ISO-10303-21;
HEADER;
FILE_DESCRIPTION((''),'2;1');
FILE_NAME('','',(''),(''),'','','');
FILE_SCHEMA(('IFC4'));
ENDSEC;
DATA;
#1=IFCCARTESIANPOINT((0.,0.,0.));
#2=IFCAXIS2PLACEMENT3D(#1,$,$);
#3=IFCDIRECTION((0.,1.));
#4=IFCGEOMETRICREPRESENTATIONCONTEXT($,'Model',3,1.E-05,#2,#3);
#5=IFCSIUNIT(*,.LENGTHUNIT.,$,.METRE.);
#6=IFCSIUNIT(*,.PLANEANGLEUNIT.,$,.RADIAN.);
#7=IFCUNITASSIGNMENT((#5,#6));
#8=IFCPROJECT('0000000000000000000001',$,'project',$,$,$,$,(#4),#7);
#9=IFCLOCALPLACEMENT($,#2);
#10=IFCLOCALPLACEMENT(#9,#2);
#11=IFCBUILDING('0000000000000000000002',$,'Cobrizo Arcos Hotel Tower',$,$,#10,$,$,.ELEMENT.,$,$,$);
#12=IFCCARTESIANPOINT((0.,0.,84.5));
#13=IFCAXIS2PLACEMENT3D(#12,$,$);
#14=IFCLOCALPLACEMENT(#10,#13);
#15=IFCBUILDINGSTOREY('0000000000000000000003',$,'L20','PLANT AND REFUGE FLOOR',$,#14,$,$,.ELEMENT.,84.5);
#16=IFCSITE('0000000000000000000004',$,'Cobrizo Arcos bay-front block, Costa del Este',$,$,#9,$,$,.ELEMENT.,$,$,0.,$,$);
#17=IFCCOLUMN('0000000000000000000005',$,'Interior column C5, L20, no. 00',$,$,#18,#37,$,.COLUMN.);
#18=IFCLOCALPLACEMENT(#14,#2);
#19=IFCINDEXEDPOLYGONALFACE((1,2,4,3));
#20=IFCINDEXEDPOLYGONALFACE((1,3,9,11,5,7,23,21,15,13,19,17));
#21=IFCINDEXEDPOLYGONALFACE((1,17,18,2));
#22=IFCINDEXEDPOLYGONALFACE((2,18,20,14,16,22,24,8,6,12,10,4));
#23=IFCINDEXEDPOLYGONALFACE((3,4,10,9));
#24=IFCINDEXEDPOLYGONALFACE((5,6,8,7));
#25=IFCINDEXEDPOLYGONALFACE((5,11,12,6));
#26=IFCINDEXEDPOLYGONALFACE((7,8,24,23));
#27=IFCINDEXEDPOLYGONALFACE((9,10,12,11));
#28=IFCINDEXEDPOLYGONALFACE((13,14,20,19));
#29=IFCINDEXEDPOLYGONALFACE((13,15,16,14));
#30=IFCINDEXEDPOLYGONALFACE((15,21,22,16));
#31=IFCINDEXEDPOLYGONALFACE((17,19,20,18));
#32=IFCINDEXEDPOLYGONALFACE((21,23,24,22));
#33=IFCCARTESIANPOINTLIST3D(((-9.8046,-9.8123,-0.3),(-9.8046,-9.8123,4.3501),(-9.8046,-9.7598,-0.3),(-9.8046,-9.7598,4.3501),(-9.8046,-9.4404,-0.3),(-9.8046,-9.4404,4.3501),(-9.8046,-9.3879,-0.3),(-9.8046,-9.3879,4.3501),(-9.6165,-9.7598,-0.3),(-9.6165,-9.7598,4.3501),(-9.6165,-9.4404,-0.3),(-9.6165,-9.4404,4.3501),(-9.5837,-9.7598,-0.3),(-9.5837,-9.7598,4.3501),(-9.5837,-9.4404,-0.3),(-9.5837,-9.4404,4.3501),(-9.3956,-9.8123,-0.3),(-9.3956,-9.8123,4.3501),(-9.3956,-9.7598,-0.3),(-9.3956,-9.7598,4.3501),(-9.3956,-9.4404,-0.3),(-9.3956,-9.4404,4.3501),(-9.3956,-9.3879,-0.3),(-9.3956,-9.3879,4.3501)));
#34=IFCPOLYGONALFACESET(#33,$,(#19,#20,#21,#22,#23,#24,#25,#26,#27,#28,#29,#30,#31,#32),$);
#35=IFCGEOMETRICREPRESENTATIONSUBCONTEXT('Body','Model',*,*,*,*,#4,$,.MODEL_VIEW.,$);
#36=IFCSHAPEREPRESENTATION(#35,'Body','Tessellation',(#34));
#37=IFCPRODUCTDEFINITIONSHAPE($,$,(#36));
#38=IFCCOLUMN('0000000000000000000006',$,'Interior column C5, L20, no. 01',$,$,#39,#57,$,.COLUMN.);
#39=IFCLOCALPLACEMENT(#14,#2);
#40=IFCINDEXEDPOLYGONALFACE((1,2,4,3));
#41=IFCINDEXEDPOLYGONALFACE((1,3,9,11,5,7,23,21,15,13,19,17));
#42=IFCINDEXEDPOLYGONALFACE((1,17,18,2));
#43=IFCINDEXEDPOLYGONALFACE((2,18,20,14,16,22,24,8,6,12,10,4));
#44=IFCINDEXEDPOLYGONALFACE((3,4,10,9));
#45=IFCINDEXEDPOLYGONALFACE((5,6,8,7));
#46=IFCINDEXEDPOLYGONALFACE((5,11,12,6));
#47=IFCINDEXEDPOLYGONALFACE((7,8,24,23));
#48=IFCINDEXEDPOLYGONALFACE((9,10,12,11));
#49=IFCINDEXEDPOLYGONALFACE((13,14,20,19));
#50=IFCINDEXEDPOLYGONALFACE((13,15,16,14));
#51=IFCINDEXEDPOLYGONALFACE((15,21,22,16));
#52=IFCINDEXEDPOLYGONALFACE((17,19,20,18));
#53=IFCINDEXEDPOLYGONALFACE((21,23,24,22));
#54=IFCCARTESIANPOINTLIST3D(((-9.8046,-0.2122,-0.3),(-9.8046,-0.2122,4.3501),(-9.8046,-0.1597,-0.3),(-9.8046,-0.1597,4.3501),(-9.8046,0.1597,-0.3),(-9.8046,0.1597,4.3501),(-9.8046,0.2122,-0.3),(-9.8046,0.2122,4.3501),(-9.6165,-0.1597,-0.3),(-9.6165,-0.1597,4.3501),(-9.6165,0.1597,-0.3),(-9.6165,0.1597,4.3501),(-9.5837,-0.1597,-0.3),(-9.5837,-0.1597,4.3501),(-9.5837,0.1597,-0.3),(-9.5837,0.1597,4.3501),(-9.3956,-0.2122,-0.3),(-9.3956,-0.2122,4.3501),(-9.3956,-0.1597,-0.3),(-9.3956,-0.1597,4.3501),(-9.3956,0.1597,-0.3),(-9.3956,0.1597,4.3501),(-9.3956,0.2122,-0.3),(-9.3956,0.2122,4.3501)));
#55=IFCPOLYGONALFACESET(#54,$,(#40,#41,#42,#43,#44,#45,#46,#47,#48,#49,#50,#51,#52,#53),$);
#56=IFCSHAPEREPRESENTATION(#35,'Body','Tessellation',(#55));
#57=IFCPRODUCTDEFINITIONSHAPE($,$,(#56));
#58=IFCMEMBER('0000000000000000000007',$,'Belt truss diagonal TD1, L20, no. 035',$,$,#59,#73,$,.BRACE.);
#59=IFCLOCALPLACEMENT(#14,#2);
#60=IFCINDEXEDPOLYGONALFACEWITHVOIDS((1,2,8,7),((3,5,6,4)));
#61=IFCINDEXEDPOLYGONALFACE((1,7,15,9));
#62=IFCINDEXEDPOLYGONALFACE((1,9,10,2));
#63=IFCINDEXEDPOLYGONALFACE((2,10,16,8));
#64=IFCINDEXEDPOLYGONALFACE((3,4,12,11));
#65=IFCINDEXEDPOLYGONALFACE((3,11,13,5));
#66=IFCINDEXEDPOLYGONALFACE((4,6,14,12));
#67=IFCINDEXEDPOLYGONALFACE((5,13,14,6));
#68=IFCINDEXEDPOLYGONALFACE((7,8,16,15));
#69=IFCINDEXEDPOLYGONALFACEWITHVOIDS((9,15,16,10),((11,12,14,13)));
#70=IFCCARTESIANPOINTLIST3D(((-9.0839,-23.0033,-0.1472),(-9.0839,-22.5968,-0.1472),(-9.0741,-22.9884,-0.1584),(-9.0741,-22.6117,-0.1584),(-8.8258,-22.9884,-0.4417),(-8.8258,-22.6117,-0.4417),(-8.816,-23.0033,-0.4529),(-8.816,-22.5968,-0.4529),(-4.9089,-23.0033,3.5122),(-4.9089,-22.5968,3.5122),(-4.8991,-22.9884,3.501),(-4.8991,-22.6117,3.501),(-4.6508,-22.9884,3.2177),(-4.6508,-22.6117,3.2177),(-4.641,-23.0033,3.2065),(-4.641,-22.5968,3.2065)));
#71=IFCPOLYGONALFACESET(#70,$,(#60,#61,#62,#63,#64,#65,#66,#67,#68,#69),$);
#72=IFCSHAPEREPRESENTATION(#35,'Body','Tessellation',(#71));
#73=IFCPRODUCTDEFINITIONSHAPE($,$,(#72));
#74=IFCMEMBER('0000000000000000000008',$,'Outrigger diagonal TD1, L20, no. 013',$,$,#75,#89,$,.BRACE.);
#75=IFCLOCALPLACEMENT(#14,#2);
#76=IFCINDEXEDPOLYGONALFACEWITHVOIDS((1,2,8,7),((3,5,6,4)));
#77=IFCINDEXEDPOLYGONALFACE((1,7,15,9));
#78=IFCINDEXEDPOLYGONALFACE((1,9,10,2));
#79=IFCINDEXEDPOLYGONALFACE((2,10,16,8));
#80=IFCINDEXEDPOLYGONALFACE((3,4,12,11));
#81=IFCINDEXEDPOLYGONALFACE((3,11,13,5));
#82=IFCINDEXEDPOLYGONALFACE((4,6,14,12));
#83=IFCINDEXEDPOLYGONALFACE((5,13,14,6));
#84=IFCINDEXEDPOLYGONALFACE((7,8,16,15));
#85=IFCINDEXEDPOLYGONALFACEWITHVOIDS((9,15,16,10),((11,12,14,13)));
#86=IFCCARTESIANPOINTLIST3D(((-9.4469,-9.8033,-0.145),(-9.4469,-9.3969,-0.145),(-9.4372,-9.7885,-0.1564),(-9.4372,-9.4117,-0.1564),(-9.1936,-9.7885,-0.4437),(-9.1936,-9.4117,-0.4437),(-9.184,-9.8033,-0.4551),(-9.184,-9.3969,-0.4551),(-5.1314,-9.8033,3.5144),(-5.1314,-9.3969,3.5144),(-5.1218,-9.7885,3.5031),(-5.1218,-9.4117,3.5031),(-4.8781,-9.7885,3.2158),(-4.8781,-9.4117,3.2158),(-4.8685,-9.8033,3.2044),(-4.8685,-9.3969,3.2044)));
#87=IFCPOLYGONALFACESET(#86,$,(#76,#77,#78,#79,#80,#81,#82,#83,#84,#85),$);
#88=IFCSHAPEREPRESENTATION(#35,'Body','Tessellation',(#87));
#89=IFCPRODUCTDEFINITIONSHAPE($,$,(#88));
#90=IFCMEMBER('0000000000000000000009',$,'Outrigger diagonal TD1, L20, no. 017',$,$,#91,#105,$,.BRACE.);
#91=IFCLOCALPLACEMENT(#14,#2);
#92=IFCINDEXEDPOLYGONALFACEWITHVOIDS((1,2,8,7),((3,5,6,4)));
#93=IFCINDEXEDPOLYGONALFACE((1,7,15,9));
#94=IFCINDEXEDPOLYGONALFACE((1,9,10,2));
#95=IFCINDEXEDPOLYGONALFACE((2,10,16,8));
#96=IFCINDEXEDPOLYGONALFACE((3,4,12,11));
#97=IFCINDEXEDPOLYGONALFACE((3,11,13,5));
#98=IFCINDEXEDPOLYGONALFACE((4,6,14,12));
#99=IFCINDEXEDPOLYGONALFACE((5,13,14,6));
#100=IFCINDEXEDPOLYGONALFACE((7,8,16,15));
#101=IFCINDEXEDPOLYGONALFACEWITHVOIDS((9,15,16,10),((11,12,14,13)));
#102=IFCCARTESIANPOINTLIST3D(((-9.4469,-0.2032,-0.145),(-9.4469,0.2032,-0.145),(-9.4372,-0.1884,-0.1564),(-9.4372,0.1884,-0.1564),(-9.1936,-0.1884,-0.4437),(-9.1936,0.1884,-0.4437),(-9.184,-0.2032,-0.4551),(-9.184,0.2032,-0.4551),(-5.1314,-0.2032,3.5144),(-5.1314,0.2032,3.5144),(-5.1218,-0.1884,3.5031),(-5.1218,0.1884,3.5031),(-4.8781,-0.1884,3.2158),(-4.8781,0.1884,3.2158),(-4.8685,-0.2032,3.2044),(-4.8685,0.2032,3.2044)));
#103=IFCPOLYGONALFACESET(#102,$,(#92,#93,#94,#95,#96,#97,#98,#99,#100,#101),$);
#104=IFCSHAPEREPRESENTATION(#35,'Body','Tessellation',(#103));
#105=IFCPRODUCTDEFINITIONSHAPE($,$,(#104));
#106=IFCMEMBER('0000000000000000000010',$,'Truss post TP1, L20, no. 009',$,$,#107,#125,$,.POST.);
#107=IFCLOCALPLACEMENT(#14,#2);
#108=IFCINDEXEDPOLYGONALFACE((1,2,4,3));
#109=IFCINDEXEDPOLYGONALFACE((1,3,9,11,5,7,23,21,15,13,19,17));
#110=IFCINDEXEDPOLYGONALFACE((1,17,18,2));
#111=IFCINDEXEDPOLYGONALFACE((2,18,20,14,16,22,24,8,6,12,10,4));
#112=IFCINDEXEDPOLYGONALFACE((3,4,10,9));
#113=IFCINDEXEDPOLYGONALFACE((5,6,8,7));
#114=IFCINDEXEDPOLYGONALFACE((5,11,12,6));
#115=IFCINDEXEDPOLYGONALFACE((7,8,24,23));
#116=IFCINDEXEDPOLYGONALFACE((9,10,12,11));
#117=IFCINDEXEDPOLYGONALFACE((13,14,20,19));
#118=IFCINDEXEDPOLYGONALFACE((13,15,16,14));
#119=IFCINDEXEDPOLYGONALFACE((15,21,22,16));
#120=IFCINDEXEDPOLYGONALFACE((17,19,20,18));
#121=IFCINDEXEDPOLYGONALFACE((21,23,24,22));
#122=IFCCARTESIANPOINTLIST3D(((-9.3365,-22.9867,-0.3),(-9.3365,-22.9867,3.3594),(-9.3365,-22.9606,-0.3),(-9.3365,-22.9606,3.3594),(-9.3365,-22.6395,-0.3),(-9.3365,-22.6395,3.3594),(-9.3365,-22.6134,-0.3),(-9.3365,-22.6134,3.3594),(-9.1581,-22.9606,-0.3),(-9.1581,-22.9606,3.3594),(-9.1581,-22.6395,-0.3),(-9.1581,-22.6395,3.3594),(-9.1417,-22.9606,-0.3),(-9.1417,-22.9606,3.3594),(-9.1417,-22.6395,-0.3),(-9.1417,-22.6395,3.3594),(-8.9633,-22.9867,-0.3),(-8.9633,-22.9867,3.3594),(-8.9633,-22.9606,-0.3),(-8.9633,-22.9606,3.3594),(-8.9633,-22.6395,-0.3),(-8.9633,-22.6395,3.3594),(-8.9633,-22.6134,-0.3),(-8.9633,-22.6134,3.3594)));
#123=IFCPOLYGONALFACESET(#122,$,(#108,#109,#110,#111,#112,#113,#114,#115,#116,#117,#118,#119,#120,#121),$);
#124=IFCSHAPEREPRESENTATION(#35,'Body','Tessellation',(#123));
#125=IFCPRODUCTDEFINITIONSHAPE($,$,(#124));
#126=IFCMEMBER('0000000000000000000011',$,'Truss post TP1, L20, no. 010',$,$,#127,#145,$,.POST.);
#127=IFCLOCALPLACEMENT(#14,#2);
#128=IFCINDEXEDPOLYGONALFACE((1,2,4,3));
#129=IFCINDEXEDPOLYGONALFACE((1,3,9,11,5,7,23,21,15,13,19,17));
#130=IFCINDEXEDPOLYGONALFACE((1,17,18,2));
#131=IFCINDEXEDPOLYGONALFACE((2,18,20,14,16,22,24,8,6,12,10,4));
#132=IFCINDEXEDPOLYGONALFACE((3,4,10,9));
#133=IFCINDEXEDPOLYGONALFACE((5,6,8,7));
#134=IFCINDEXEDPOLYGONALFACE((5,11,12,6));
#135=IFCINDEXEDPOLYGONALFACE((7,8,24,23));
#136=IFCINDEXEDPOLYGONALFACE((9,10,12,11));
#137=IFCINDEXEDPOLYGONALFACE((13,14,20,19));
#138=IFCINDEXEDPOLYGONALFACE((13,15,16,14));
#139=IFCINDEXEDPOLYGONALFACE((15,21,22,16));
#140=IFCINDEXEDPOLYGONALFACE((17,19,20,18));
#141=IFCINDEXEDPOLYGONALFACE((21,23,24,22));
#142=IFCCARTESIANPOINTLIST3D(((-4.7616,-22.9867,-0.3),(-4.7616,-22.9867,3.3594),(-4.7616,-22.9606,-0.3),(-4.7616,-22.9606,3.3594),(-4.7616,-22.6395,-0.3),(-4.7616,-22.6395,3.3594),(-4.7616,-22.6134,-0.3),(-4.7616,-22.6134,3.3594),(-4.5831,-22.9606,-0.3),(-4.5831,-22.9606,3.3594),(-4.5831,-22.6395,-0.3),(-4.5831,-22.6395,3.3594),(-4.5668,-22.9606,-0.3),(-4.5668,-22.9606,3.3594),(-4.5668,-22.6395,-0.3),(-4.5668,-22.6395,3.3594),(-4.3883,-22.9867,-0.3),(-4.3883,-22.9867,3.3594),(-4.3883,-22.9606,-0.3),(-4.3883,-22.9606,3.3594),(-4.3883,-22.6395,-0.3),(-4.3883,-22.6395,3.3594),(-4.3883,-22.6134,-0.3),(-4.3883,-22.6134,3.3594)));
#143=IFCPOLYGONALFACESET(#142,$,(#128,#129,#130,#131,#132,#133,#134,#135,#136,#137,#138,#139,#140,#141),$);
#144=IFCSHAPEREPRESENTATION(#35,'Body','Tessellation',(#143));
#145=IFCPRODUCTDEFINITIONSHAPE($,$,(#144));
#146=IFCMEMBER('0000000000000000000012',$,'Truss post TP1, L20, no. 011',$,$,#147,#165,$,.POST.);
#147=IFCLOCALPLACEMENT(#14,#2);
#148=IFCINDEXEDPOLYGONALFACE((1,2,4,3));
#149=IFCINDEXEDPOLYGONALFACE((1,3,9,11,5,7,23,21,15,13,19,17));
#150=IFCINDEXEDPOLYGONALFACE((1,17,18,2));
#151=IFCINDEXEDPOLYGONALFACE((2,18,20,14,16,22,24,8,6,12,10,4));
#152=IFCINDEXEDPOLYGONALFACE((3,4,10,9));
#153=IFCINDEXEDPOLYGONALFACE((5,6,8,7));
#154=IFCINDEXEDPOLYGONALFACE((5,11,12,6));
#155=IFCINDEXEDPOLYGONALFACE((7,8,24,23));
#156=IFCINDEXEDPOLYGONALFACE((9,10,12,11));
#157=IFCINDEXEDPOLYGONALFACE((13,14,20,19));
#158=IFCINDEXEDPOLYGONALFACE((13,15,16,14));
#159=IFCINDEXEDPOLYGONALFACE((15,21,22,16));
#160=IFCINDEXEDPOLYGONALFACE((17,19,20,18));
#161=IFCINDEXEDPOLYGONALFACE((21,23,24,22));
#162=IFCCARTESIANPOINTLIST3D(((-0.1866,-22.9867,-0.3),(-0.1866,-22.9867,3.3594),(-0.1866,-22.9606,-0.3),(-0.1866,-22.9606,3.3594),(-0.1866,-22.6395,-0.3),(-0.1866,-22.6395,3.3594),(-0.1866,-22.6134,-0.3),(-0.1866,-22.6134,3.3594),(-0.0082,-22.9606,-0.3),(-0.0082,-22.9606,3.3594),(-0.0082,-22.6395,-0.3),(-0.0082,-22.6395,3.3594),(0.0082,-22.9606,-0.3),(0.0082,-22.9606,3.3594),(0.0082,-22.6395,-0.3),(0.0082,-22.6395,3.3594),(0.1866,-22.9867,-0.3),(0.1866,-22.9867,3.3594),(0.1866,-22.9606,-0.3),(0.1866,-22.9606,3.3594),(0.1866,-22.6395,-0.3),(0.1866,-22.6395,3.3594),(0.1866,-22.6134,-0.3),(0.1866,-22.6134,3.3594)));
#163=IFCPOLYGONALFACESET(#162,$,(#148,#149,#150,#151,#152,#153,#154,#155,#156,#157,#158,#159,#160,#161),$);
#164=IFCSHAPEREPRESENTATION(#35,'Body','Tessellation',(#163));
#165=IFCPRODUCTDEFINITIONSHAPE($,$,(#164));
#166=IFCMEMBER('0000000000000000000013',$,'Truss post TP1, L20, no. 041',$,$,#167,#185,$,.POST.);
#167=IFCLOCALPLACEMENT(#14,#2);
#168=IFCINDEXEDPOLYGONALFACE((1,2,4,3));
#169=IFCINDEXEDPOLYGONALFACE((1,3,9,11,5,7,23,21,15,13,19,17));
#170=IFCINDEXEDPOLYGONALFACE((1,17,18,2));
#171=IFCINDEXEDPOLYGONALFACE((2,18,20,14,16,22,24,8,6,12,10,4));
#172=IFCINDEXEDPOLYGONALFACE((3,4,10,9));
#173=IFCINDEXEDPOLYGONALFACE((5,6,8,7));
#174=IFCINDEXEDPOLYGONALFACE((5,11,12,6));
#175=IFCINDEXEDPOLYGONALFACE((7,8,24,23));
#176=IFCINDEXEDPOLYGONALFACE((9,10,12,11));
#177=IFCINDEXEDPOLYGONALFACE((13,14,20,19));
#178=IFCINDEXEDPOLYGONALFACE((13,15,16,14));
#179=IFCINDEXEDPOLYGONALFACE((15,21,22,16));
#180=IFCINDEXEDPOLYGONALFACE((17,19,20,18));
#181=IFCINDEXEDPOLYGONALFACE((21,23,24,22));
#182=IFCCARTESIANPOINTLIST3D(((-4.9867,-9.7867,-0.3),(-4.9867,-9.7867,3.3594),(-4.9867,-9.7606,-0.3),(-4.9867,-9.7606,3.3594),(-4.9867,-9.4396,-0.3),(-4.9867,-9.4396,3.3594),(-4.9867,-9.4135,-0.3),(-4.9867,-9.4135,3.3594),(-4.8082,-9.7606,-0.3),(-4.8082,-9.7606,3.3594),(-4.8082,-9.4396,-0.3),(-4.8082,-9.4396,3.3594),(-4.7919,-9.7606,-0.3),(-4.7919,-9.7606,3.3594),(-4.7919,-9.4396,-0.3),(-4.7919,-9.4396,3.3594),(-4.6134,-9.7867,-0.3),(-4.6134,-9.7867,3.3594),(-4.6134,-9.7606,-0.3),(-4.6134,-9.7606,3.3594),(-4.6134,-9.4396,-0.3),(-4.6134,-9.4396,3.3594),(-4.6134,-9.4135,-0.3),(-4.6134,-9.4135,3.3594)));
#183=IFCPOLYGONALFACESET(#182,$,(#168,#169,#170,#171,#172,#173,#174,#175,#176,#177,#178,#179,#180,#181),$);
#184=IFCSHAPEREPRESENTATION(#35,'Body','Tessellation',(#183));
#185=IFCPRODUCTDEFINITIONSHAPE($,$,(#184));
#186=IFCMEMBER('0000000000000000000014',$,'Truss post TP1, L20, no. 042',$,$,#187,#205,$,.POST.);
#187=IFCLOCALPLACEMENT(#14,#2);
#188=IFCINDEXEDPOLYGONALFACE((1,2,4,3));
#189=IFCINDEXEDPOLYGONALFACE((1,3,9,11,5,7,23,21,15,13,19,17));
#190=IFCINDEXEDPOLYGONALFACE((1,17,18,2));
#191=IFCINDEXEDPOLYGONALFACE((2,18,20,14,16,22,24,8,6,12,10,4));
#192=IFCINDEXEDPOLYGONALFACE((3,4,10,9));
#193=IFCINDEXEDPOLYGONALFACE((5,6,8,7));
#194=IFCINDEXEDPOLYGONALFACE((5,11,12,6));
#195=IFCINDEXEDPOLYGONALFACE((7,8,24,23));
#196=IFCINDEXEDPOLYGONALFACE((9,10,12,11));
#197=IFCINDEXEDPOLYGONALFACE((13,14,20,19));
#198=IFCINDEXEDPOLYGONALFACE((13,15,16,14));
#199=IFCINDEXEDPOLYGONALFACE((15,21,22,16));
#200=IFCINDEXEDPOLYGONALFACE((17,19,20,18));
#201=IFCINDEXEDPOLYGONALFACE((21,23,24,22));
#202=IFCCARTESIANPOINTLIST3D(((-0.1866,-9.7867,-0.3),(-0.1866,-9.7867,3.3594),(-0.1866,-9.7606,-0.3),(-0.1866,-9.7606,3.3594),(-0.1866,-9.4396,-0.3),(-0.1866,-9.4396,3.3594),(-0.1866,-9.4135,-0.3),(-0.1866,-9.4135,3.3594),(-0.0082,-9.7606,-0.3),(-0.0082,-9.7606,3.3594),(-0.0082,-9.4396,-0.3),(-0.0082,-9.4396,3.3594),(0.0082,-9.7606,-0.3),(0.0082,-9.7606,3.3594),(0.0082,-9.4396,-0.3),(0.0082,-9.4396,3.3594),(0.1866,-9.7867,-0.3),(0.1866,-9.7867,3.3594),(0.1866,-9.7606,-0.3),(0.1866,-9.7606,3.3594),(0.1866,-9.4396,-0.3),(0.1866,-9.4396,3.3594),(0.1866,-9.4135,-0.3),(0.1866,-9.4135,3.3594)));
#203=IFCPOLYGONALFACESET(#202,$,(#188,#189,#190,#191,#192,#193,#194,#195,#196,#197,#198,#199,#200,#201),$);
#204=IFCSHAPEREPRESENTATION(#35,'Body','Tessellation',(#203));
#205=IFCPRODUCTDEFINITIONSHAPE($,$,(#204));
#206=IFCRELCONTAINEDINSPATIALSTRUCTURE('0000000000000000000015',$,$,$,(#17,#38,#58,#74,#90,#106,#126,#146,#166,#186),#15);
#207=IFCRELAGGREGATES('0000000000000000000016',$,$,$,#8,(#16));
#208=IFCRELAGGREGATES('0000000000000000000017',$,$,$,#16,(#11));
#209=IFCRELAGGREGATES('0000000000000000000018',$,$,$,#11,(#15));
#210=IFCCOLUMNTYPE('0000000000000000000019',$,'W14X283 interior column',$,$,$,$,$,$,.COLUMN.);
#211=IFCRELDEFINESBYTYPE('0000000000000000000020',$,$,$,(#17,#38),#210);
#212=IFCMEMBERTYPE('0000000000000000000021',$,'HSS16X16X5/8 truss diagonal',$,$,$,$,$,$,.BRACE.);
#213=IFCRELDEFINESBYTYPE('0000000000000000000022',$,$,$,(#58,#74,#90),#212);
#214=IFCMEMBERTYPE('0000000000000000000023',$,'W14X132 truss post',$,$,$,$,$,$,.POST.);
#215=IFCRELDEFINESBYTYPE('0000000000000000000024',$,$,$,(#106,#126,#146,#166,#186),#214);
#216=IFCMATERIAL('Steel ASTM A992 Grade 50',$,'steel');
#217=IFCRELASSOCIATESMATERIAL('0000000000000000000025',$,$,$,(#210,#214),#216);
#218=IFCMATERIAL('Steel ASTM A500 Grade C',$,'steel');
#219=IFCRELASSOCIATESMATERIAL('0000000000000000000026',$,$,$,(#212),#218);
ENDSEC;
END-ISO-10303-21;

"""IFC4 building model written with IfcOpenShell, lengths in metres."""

from ifc_helpers import new_model, si_unit, direction, frame, origin, origin_2d, place, context, subcontext, project, spatial, hollow_rectangle, i_section, extrude, material, material_profile, profile_set, type_object, element, save


model = new_model("IFC4")

# Units and contexts
model_context = context("Model", 3, precision=1e-05, world=origin(), true_north=direction((0.0, 1.0)))
body_context = subcontext(model_context, "Body", "Model", "MODEL_VIEW")
ifc_project = project(units=[si_unit("LENGTHUNIT", "METRE"), si_unit("PLANEANGLEUNIT", "RADIAN")], contexts=[model_context])

# Site, building, storey
site_placement = place(None, origin())
site = spatial("IfcSite", under=ifc_project, at=site_placement, Name="Cobrizo Arcos bay-front block, Costa del Este", CompositionType="ELEMENT", RefElevation=0.0)
building_placement = place(site_placement, origin())
building = spatial("IfcBuilding", under=site, at=building_placement, Name="Cobrizo Arcos Hotel Tower", CompositionType="ELEMENT")
storey_placement = place(building_placement, frame((0.0, 0.0, 84.5)))
storey = spatial("IfcBuildingStorey", under=building, at=storey_placement, Name="L20", Description="PLANT AND REFUGE FLOOR", CompositionType="ELEMENT", Elevation=84.5)

# Columns
ifc_material_1 = material(Name="Steel ASTM A992 Grade 50", Category="steel")
ifc_material_profile_1 = material_profile(ifc_material_1, i_section(OverallWidth=0.4089, OverallDepth=0.4243, WebThickness=0.0327, FlangeThickness=0.0525, at=origin_2d()), Name="W14X283")
ifc_profile_set_1 = profile_set([ifc_material_profile_1], Name="Steel ASTM A992 Grade 50")
column_type = type_object("IfcColumnType", Name="W14X283 interior column", PredefinedType="COLUMN", material=ifc_profile_set_1)
for number, where, z_axis, x_axis, name in (
    (1, (-9.6001, -9.6001, -0.3), (0.0, 0.0, 1.0), (1.0, 0.0, 0.0), "Interior column C5, L20, no. 00"),
    (2, (-9.6001, 0.0, -0.3), (0.0, 0.0, 1.0), (1.0, 0.0, 0.0), "Interior column C5, L20, no. 01"),
):
    element("IfcColumn", number, at=place(storey_placement, frame(where, z_axis=z_axis, x_axis=x_axis)), inside=storey, type_object=column_type, Name=name, PredefinedType="COLUMN", context=body_context, shape_type="SweptSolid", body=[
        extrude(i_section(OverallWidth=0.4089, OverallDepth=0.4243, WebThickness=0.0327, FlangeThickness=0.0525, at=origin_2d()), origin(), (0.0, 0.0, 1.0), 4.6501),
    ])

# Members
ifc_material_2 = material(Name="Steel ASTM A500 Grade C", Category="steel")
ifc_material_profile_2 = material_profile(ifc_material_2, hollow_rectangle(XDim=0.4065, YDim=0.4065, WallThickness=0.0149, at=origin_2d()), Name="HSS16X16X5/8")
ifc_profile_set_2 = profile_set([ifc_material_profile_2], Name="Steel ASTM A500 Grade C")
member_type_1 = type_object("IfcMemberType", Name="HSS16X16X5/8 truss diagonal", PredefinedType="BRACE", material=ifc_profile_set_2)
member_placement = place(storey_placement, frame((-8.95, -22.8, -0.3), z_axis=(0.752018, 0.0, 0.659143), x_axis=(0.0, 1.0, 0.0)))
element("IfcMember", 3, at=member_placement, inside=storey, type_object=member_type_1, Name="Belt truss diagonal TD1, L20, no. 035", PredefinedType="BRACE", context=body_context, shape_type="SweptSolid", body=[
    extrude(hollow_rectangle(XDim=0.4065, YDim=0.4065, WallThickness=0.0149, at=origin_2d()), origin(), (0.0, 0.0, 1.0), 5.5518),
])
for number, where, z_axis, x_axis, name in (
    (4, (-9.3154, -9.6001, -0.3), (0.762697, 0.0, 0.646756), (0.0, 1.0, 0.0), "Outrigger diagonal TD1, L20, no. 013"),
    (5, (-9.3154, 0.0, -0.3), (0.762697, 0.0, 0.646756), (0.0, 1.0, 0.0), "Outrigger diagonal TD1, L20, no. 017"),
):
    element("IfcMember", number, at=place(storey_placement, frame(where, z_axis=z_axis, x_axis=x_axis)), inside=storey, type_object=member_type_1, Name=name, PredefinedType="BRACE", context=body_context, shape_type="SweptSolid", body=[
        extrude(hollow_rectangle(XDim=0.4065, YDim=0.4065, WallThickness=0.0149, at=origin_2d()), origin(), (0.0, 0.0, 1.0), 5.6582),
    ])
ifc_material_profile_3 = material_profile(ifc_material_1, i_section(OverallWidth=0.3733, OverallDepth=0.3733, WebThickness=0.0164, FlangeThickness=0.0261, at=origin_2d()), Name="W14X132")
ifc_profile_set_3 = profile_set([ifc_material_profile_3], Name="Steel ASTM A992 Grade 50")
member_type_2 = type_object("IfcMemberType", Name="W14X132 truss post", PredefinedType="POST", material=ifc_profile_set_3)
for number, where, z_axis, x_axis, name in (
    (6, (-9.1499, -22.8, -0.3), (0.0, 0.0, 1.0), (1.0, 0.0, 0.0), "Truss post TP1, L20, no. 009"),
    (7, (-4.575, -22.8, -0.3), (0.0, 0.0, 1.0), (1.0, 0.0, 0.0), "Truss post TP1, L20, no. 010"),
    (8, (0.0, -22.8, -0.3), (0.0, 0.0, 1.0), (1.0, 0.0, 0.0), "Truss post TP1, L20, no. 011"),
    (9, (-4.8, -9.6001, -0.3), (0.0, 0.0, 1.0), (1.0, 0.0, 0.0), "Truss post TP1, L20, no. 041"),
    (10, (0.0, -9.6001, -0.3), (0.0, 0.0, 1.0), (1.0, 0.0, 0.0), "Truss post TP1, L20, no. 042"),
):
    element("IfcMember", number, at=place(storey_placement, frame(where, z_axis=z_axis, x_axis=x_axis)), inside=storey, type_object=member_type_2, Name=name, PredefinedType="POST", context=body_context, shape_type="SweptSolid", body=[
        extrude(i_section(OverallWidth=0.3733, OverallDepth=0.3733, WebThickness=0.0164, FlangeThickness=0.0261, at=origin_2d()), origin(), (0.0, 0.0, 1.0), 3.6594),
    ])

save(model, "model.ifc")
